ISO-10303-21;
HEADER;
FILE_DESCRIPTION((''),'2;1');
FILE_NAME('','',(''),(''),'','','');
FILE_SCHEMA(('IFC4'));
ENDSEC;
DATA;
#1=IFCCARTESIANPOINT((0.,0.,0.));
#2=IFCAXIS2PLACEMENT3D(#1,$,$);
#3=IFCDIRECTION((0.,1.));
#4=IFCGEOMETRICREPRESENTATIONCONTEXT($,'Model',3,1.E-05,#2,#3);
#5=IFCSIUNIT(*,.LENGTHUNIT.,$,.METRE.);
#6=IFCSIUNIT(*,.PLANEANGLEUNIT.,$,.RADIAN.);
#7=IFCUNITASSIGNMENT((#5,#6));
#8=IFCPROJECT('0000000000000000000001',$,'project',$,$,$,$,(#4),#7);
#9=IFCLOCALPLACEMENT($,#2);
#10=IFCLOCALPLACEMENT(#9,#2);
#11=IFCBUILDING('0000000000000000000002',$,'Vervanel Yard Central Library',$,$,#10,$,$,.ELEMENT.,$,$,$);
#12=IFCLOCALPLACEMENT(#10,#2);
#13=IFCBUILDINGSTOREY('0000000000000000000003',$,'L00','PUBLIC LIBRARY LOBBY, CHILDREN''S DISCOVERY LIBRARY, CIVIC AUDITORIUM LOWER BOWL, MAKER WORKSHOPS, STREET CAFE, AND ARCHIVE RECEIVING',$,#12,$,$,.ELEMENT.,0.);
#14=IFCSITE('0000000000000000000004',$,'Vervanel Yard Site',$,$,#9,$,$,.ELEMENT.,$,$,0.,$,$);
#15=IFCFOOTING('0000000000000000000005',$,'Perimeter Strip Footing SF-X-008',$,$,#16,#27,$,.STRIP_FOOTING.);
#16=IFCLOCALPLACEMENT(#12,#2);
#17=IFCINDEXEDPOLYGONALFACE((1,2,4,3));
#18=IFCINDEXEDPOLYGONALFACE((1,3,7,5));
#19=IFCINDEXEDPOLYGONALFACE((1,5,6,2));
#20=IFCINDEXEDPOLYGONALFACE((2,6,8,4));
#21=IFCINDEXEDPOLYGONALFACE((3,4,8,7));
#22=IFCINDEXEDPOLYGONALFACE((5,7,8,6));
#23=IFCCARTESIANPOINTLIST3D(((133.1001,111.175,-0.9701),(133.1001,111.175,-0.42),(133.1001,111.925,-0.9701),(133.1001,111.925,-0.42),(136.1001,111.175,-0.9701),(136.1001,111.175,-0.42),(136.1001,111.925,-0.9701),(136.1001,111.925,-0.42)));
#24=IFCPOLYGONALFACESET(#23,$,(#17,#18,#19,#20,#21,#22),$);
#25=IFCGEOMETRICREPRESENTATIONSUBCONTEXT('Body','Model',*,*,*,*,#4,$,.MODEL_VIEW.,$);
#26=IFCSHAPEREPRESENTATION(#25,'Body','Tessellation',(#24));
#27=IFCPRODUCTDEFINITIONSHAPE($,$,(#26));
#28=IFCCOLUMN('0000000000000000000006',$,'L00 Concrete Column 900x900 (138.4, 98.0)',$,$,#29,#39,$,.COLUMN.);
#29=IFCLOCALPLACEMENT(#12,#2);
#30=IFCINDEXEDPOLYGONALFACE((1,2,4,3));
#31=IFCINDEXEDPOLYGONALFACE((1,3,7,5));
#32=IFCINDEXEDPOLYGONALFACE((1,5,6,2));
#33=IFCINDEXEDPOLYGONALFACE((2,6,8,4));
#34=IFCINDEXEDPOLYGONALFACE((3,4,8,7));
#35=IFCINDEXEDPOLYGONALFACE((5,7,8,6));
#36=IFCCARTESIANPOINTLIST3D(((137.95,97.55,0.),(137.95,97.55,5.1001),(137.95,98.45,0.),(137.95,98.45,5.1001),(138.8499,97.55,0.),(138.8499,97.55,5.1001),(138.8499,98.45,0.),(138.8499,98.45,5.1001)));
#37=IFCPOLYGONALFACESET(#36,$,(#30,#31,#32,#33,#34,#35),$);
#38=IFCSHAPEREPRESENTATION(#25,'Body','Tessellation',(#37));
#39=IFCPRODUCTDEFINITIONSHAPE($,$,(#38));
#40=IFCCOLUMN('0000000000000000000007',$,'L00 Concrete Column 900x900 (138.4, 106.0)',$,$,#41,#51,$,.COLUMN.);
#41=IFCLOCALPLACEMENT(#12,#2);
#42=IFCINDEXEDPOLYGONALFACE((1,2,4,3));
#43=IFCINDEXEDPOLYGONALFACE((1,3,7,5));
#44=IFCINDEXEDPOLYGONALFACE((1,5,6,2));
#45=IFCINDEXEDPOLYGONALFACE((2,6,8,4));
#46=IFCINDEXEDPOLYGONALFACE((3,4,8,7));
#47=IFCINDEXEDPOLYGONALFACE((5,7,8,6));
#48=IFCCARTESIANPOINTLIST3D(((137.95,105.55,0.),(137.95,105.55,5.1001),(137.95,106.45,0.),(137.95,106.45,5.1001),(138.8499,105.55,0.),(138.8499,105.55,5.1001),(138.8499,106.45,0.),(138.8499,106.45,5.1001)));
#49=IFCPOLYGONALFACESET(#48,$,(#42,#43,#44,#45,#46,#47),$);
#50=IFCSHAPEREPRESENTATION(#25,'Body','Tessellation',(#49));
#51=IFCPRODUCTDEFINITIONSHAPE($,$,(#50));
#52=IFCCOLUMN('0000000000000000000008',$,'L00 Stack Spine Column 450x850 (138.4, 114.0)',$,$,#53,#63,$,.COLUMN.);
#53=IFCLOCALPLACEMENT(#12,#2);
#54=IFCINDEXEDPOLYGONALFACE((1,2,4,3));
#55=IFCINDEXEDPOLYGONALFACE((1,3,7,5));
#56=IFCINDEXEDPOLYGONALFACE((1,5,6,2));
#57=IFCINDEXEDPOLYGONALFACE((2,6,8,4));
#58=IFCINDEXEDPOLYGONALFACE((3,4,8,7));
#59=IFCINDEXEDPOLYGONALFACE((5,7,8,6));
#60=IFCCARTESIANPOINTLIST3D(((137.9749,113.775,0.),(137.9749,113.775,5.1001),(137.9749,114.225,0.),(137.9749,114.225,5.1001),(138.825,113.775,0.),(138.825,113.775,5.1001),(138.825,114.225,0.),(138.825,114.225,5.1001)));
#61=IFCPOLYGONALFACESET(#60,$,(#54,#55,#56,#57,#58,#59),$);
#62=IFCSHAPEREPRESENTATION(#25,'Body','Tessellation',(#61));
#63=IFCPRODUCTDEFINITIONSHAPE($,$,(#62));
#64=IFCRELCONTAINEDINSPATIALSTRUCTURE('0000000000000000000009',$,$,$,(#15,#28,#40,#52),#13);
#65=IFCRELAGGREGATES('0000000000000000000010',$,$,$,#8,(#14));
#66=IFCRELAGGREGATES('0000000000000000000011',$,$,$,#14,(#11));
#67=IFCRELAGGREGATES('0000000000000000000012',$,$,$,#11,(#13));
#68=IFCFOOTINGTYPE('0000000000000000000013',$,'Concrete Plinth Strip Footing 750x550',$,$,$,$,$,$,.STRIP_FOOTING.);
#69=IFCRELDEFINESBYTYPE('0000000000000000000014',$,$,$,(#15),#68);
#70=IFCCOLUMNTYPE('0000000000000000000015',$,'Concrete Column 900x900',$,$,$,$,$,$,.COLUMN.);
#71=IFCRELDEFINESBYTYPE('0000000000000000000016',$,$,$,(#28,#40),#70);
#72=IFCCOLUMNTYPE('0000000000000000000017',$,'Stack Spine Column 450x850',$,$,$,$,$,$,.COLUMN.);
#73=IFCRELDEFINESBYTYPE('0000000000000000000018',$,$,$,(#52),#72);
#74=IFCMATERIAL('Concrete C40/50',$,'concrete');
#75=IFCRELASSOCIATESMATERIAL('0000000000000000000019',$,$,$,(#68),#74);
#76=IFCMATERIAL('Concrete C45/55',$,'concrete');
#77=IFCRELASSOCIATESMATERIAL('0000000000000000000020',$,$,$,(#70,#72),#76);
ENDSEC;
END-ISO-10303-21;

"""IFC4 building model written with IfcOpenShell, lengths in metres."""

from ifc_helpers import new_model, si_unit, direction, frame, origin, origin_2d, place, context, subcontext, project, spatial, rectangle, extrude, material, material_profile, profile_set, type_object, element, save


model = new_model("IFC4")

# Units and contexts
model_context = context("Model", 3, precision=1e-05, world=origin(), true_north=direction((0.0, 1.0)))
body_context = subcontext(model_context, "Body", "Model", "MODEL_VIEW")
ifc_project = project(units=[si_unit("LENGTHUNIT", "METRE"), si_unit("PLANEANGLEUNIT", "RADIAN")], contexts=[model_context])

# Site, building, storey
site_placement = place(None, origin())
site = spatial("IfcSite", under=ifc_project, at=site_placement, Name="Vervanel Yard Site", CompositionType="ELEMENT", RefElevation=0.0)
building_placement = place(site_placement, origin())
building = spatial("IfcBuilding", under=site, at=building_placement, Name="Vervanel Yard Central Library", CompositionType="ELEMENT")
storey_placement = place(building_placement, origin())
storey = spatial("IfcBuildingStorey", under=building, at=storey_placement, Name="L00", Description="PUBLIC LIBRARY LOBBY, CHILDREN'S DISCOVERY LIBRARY, CIVIC AUDITORIUM LOWER BOWL, MAKER WORKSHOPS, STREET CAFE, AND ARCHIVE RECEIVING", CompositionType="ELEMENT", Elevation=0.0)

# Shared definitions
ifc_material_1 = material(Name="Concrete C40/50", Category="concrete")

# Footing
ifc_material_profile_1 = material_profile(ifc_material_1, rectangle(XDim=0.75, YDim=0.55, at=origin_2d()), Name="RC 750x550", Category="concrete")
ifc_profile_set_1 = profile_set([ifc_material_profile_1], Name="Concrete C40/50")
footing_type_1 = type_object("IfcFootingType", Name="Concrete Plinth Strip Footing 750x550", PredefinedType="STRIP_FOOTING", material=ifc_profile_set_1)
footing_1_placement = place(storey_placement, frame((133.1001, 111.55, -0.6951), z_axis=(1.0, 0.0, 0.0), x_axis=(0.0, 1.0, 0.0)))
element("IfcFooting", 1, at=footing_1_placement, inside=storey, type_object=footing_type_1, Name="Perimeter Strip Footing SF-X-008", PredefinedType="STRIP_FOOTING", context=body_context, shape_type="SweptSolid", body=[
    extrude(rectangle(XDim=0.75, YDim=0.55, at=origin_2d()), origin(), (0.0, 0.0, 1.0), 3.0),
])

# Columns
ifc_material_2 = material(Name="Concrete C45/55", Category="concrete")
ifc_material_profile_2 = material_profile(ifc_material_2, rectangle(XDim=0.8999, YDim=0.8999, at=origin_2d()), Name="RC 900x900", Category="concrete")
ifc_profile_set_2 = profile_set([ifc_material_profile_2], Name="Concrete C45/55")
column_type_1 = type_object("IfcColumnType", Name="Concrete Column 900x900", PredefinedType="COLUMN", material=ifc_profile_set_2)
for number, where, z_axis, x_axis, name in (
    (2, (138.3999, 98.0, 0.0), (0.0, 0.0, 1.0), (1.0, 0.0, 0.0), "L00 Concrete Column 900x900 (138.4, 98.0)"),
    (3, (138.3999, 106.0, 0.0), (0.0, 0.0, 1.0), (1.0, 0.0, 0.0), "L00 Concrete Column 900x900 (138.4, 106.0)"),
):
    element("IfcColumn", number, at=place(storey_placement, frame(where, z_axis=z_axis, x_axis=x_axis)), inside=storey, type_object=column_type_1, Name=name, PredefinedType="COLUMN", context=body_context, shape_type="SweptSolid", body=[
        extrude(rectangle(XDim=0.8999, YDim=0.8999, at=origin_2d()), origin(), (0.0, 0.0, 1.0), 5.1001),
    ])
ifc_material_profile_3 = material_profile(ifc_material_2, rectangle(XDim=0.45, YDim=0.8501, at=origin_2d()), Name="RC 450x850", Category="concrete")
ifc_profile_set_3 = profile_set([ifc_material_profile_3], Name="Concrete C45/55")
column_type_2 = type_object("IfcColumnType", Name="Stack Spine Column 450x850", PredefinedType="COLUMN", material=ifc_profile_set_3)
column_placement = place(storey_placement, frame((138.3999, 114.0, 0.0), z_axis=(0.0, 0.0, 1.0), x_axis=(0.0, 1.0, 0.0)))
element("IfcColumn", 4, at=column_placement, inside=storey, type_object=column_type_2, Name="L00 Stack Spine Column 450x850 (138.4, 114.0)", PredefinedType="COLUMN", context=body_context, shape_type="SweptSolid", body=[
    extrude(rectangle(XDim=0.45, YDim=0.8501, at=origin_2d()), origin(), (0.0, 0.0, 1.0), 5.1001),
])

save(model, "model.ifc")
